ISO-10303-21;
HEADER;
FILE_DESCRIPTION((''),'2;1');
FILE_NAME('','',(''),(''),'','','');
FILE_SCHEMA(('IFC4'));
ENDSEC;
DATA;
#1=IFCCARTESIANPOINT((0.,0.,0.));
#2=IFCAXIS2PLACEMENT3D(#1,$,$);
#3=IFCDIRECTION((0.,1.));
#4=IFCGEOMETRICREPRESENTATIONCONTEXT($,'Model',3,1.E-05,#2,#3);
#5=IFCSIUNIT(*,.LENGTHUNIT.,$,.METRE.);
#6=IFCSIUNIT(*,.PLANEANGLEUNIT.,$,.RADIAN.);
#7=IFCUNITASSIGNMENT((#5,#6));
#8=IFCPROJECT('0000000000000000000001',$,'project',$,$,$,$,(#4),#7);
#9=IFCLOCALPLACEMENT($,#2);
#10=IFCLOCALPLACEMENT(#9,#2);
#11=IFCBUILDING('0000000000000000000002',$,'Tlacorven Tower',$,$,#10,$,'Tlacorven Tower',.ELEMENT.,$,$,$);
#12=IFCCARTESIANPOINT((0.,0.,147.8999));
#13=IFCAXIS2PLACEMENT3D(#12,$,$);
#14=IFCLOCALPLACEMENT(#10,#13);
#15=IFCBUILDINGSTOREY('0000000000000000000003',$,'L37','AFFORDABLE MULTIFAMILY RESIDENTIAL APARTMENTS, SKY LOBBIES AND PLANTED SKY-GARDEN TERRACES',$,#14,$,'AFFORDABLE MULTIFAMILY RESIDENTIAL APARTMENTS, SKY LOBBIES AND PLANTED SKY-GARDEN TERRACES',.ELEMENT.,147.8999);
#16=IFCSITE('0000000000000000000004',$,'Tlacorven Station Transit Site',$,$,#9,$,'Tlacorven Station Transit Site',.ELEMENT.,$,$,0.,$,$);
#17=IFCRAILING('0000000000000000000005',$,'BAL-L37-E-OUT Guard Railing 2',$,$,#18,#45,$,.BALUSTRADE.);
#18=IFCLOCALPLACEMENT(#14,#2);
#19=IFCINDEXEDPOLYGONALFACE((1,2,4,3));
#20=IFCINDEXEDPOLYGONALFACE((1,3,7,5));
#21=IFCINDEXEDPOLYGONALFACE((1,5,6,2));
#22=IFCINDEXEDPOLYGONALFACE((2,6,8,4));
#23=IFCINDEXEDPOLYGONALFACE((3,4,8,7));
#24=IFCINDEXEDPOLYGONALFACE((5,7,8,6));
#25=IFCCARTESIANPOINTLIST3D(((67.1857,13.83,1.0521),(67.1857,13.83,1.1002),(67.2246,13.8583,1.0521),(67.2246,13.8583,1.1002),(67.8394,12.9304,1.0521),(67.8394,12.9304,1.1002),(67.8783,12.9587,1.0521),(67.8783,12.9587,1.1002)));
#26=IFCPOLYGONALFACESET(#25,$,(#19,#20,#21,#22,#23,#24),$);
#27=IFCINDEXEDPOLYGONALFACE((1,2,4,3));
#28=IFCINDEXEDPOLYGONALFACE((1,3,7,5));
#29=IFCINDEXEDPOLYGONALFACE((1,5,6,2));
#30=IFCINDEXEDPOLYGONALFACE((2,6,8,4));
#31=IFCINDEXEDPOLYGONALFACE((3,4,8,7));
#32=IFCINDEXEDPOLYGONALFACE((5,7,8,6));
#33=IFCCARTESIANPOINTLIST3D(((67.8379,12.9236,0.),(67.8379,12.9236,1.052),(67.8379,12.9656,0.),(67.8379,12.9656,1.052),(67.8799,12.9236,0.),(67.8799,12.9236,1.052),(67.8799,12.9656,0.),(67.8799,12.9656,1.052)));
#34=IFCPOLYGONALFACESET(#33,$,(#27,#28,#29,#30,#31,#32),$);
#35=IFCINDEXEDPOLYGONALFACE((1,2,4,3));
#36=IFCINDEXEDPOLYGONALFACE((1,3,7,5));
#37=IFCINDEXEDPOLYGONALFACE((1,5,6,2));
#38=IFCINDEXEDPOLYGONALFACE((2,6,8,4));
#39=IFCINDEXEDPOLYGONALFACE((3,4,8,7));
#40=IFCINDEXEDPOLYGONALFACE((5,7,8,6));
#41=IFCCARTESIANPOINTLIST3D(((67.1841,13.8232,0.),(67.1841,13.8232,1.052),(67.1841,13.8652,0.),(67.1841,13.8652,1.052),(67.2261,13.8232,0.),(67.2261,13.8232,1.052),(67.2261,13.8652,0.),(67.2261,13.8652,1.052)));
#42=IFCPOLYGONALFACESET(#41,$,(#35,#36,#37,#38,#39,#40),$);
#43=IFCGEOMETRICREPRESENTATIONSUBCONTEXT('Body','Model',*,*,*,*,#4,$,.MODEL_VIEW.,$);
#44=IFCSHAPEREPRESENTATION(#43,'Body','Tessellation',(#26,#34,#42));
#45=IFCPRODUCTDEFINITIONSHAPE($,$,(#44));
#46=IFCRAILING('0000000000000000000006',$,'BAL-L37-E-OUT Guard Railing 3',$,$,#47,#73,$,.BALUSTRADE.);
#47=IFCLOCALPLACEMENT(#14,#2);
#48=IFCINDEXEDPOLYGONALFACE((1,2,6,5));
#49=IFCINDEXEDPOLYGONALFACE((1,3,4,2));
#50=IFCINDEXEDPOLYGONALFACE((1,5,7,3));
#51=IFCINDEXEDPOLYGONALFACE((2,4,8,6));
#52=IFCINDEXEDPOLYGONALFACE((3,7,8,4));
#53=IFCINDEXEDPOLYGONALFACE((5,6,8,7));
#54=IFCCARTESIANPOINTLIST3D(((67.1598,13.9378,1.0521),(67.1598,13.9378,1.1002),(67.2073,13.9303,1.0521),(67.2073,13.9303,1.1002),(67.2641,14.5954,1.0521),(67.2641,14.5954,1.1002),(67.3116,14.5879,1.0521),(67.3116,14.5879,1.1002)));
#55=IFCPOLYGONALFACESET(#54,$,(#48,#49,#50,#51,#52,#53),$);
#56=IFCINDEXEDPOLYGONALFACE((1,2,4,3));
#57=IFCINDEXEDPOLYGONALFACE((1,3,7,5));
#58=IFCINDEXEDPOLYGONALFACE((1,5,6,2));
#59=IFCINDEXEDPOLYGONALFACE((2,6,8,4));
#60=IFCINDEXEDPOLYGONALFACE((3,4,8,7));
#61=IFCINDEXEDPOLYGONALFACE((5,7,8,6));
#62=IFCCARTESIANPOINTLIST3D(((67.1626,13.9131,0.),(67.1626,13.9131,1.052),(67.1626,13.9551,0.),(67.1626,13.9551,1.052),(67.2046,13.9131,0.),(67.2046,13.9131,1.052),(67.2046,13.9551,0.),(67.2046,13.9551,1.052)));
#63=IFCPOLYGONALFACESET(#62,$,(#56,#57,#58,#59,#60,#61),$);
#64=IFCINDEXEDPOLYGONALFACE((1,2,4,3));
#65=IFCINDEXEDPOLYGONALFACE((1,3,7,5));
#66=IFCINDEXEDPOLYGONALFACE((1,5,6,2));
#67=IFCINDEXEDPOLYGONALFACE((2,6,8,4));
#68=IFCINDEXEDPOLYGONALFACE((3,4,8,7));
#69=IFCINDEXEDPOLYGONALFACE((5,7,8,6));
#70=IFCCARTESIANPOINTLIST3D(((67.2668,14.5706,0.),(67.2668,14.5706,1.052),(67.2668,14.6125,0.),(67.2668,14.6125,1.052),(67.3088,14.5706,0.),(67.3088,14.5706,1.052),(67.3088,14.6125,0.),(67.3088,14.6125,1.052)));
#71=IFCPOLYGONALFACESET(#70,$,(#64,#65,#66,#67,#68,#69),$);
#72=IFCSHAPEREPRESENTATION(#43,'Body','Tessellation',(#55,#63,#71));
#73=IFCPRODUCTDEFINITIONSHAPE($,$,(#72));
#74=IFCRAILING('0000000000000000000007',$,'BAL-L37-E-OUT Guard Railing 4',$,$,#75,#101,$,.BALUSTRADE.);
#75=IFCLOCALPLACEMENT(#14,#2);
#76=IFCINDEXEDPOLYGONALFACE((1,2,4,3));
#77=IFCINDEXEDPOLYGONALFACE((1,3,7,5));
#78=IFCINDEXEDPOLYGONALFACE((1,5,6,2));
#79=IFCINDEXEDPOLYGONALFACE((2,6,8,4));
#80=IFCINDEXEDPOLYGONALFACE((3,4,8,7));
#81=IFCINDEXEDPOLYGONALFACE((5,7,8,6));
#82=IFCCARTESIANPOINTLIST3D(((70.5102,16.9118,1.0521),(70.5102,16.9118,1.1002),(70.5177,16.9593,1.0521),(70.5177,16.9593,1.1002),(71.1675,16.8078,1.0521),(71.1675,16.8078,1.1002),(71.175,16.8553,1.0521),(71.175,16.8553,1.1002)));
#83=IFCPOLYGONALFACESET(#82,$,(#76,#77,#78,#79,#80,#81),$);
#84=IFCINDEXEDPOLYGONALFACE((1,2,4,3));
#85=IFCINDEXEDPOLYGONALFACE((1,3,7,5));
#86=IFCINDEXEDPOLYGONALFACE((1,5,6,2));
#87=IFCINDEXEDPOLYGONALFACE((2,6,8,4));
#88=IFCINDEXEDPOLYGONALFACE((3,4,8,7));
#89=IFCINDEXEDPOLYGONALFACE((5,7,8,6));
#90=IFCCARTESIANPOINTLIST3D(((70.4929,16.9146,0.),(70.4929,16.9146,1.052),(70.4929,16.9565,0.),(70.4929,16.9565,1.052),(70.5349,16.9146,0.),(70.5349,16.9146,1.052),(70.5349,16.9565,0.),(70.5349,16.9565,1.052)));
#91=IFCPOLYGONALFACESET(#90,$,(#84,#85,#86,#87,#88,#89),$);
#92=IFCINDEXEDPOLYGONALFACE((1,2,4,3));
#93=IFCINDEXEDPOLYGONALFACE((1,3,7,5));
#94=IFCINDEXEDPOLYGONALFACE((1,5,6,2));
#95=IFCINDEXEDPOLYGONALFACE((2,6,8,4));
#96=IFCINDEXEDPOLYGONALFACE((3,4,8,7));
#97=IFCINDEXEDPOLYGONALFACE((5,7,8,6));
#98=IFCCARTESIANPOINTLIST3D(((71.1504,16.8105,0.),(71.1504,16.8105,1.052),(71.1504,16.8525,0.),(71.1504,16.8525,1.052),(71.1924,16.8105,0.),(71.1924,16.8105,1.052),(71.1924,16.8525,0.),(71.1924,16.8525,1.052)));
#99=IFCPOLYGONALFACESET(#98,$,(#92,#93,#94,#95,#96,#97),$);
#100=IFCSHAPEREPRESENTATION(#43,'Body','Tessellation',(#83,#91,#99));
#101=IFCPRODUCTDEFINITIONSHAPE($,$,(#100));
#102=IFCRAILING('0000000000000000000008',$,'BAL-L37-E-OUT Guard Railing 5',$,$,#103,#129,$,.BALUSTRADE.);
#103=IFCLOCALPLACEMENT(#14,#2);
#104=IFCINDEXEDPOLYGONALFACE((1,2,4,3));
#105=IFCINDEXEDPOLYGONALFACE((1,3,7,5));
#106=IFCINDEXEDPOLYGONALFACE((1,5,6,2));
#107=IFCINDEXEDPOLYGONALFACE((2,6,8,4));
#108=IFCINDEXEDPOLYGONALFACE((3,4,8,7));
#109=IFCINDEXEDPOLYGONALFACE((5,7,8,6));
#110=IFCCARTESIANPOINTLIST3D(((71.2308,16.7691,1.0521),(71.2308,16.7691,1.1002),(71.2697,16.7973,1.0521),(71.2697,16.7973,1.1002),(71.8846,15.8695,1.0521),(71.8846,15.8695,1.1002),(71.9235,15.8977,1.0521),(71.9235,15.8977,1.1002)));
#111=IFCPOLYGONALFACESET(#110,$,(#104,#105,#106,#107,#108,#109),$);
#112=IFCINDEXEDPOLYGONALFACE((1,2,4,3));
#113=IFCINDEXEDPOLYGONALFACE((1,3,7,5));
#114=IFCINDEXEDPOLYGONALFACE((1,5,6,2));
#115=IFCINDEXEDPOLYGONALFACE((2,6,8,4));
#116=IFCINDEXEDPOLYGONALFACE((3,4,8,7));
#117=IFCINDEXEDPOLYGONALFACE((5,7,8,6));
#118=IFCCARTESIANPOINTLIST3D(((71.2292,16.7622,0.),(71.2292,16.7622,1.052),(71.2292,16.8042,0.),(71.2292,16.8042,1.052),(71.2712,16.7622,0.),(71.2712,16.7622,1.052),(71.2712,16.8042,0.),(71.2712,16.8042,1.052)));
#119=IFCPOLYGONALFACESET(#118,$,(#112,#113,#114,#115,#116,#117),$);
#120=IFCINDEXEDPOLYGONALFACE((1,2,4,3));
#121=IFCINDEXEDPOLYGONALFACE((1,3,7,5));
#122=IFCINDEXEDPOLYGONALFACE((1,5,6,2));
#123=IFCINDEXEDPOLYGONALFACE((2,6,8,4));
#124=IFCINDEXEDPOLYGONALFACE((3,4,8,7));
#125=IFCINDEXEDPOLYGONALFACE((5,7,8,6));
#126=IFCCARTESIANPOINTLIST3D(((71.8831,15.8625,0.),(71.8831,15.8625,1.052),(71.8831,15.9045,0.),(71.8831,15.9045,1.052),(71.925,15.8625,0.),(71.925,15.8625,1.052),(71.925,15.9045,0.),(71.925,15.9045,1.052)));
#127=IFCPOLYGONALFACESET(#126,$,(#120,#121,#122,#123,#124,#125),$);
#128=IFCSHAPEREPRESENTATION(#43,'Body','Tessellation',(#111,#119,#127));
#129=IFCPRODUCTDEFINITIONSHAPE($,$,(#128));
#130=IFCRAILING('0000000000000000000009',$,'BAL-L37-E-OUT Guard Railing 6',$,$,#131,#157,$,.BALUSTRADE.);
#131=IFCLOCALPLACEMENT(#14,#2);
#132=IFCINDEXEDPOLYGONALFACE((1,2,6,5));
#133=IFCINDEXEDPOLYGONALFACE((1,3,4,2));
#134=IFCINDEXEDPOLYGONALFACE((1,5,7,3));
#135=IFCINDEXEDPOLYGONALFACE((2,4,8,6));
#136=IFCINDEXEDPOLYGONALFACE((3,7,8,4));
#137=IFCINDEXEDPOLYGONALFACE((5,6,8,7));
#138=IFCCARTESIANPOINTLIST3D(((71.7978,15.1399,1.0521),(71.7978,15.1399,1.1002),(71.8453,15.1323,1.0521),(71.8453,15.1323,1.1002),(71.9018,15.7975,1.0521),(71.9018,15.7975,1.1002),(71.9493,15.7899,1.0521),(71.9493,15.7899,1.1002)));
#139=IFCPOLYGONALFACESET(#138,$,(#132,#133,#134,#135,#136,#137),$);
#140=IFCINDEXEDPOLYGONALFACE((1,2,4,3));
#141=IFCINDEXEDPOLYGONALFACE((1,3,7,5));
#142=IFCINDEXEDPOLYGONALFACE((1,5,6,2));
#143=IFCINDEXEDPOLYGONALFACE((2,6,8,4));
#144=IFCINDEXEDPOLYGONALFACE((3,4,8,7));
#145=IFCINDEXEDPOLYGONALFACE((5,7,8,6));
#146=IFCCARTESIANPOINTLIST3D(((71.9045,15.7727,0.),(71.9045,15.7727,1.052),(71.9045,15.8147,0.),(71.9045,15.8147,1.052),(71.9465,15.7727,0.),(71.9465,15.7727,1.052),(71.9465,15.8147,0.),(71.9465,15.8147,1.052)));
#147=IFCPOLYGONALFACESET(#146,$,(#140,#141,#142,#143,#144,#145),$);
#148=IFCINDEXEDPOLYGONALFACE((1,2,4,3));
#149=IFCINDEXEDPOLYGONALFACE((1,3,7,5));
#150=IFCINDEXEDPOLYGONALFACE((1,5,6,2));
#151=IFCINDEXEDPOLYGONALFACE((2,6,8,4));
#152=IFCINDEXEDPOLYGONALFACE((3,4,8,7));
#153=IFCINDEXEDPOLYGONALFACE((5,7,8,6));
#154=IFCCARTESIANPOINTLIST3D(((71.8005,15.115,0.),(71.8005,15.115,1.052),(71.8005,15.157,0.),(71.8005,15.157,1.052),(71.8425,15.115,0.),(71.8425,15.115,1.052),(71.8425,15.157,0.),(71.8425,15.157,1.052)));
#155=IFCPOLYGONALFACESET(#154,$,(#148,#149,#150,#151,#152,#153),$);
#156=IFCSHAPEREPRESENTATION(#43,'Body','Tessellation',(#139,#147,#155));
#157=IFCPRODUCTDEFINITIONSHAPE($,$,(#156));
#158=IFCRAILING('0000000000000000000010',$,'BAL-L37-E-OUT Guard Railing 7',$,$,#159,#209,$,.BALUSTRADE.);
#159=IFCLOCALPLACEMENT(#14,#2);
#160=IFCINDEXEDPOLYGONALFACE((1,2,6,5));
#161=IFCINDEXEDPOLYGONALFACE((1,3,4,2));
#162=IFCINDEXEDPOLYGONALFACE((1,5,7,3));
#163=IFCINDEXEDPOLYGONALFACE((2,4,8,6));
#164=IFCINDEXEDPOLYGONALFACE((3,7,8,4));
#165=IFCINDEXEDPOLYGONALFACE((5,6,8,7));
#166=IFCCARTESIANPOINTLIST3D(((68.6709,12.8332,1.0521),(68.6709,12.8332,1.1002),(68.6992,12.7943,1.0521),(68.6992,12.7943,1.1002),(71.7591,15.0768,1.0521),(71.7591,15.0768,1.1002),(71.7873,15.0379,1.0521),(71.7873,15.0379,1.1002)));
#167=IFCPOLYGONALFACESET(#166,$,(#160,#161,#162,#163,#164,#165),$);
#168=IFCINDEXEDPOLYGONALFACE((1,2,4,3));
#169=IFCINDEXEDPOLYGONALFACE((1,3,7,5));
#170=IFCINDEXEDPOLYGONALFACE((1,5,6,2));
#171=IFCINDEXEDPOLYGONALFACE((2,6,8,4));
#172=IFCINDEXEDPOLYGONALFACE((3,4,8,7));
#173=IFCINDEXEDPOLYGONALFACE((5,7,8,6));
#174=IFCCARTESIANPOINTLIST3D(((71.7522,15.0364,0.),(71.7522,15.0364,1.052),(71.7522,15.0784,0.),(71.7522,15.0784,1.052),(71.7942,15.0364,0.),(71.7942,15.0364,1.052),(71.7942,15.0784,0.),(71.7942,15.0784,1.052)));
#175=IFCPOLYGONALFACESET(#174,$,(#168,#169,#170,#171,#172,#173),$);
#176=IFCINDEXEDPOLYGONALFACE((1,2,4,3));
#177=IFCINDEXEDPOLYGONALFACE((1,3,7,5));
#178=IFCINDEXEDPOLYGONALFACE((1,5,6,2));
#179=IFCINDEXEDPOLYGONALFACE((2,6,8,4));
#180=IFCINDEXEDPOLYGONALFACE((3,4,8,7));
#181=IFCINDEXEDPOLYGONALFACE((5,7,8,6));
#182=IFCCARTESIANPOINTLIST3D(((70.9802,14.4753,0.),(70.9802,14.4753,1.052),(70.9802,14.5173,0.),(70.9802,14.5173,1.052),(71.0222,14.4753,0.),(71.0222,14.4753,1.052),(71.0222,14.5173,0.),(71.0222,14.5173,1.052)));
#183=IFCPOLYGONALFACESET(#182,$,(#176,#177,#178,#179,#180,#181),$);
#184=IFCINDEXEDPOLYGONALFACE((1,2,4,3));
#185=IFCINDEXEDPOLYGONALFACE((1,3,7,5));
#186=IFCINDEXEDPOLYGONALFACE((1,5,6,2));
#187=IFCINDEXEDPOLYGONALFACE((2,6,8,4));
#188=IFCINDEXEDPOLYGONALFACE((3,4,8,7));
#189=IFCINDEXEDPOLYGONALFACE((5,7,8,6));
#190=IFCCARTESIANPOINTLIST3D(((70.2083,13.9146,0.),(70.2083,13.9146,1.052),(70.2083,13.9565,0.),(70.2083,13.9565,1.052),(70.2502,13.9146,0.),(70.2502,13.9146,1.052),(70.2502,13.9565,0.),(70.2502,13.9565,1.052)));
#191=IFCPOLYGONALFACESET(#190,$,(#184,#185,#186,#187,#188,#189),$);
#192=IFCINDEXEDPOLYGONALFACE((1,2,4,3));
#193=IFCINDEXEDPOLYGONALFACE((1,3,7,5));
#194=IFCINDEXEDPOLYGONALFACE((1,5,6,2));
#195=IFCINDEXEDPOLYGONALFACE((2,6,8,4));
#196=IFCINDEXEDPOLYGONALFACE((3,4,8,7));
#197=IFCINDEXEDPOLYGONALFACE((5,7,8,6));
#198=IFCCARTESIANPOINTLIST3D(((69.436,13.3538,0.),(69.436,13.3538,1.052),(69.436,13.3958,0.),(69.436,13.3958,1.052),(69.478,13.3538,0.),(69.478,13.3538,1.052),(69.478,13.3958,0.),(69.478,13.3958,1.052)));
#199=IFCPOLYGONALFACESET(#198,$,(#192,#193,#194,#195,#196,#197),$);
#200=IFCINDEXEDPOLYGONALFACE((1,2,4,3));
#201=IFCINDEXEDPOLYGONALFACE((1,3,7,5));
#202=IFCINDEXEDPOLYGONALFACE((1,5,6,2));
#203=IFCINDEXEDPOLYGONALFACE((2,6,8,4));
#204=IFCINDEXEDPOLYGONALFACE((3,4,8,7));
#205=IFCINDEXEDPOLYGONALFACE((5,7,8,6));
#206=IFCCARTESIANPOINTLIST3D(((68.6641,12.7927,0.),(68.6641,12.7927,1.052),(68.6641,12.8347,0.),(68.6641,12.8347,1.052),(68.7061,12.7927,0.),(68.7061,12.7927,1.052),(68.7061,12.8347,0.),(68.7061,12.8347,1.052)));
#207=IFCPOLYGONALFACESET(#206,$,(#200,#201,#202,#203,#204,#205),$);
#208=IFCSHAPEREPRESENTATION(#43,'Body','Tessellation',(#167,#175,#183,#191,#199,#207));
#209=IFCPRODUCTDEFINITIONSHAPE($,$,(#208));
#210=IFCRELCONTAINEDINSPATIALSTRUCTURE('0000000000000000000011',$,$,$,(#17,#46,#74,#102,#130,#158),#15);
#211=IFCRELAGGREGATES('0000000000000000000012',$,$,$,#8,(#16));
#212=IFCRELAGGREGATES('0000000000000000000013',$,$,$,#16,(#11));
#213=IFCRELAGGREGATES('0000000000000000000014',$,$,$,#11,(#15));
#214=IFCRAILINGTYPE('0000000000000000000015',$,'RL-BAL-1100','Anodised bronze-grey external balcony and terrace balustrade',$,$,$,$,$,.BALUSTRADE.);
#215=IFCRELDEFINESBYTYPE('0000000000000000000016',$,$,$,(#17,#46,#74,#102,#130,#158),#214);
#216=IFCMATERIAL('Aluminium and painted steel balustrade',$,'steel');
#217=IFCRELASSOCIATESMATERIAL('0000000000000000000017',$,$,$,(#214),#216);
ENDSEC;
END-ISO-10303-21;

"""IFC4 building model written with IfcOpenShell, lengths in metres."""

from ifc_helpers import new_model, si_unit, direction, frame, origin, origin_2d, place, context, subcontext, project, spatial, rectangle, extrude, source, transform, mapped, material, type_object, element, save


model = new_model("IFC4")

# Units and contexts
model_context = context("Model", 3, precision=1e-05, world=origin(), true_north=direction((0.0, 1.0)))
body_context = subcontext(model_context, "Body", "Model", "MODEL_VIEW")
ifc_project = project(units=[si_unit("LENGTHUNIT", "METRE"), si_unit("PLANEANGLEUNIT", "RADIAN")], contexts=[model_context])

# Site, building, storey
site_placement = place(None, origin())
site = spatial("IfcSite", under=ifc_project, at=site_placement, Name="Tlacorven Station Transit Site", LongName="Tlacorven Station Transit Site", CompositionType="ELEMENT", RefElevation=0.0)
building_placement = place(site_placement, origin())
building = spatial("IfcBuilding", under=site, at=building_placement, Name="Tlacorven Tower", LongName="Tlacorven Tower", CompositionType="ELEMENT")
storey_placement = place(building_placement, frame((0.0, 0.0, 147.8999)))
storey = spatial("IfcBuildingStorey", under=building, at=storey_placement, Name="L37", Description="AFFORDABLE MULTIFAMILY RESIDENTIAL APARTMENTS, SKY LOBBIES AND PLANTED SKY-GARDEN TERRACES", LongName="AFFORDABLE MULTIFAMILY RESIDENTIAL APARTMENTS, SKY LOBBIES AND PLANTED SKY-GARDEN TERRACES", CompositionType="ELEMENT", Elevation=147.8999)

# Railings
ifc_material_1 = material(Name="Aluminium and painted steel balustrade", Category="steel")
railing_type = type_object("IfcRailingType", Name="RL-BAL-1100", Description="Anodised bronze-grey external balcony and terrace balustrade", PredefinedType="BALUSTRADE", material=ifc_material_1)
shared_shape_1 = source(origin(), body_context, "Body", "SweptSolid", [
    extrude(rectangle(XDim=0.0481, YDim=0.0481, at=origin_2d()), frame((0.0, 0.0, 1.0762), z_axis=(-0.587884, 0.808945, 0.0), x_axis=(-0.808945, -0.587884, 0.0)), (0.0, 0.0, 1.0), 1.1121),
    extrude(rectangle(XDim=0.042, YDim=0.042, at=origin_2d()), origin(), (0.0, 0.0, 1.0), 1.052),
    extrude(rectangle(XDim=0.042, YDim=0.042, at=origin_2d()), frame((-0.6538, 0.8997, 0.0)), (0.0, 0.0, 1.0), 1.052),
])
railing_1_placement = place(storey_placement, frame((67.8589, 12.9446, 0.0)))
element("IfcRailing", 1, at=railing_1_placement, inside=storey, type_object=railing_type, Name="BAL-L37-E-OUT Guard Railing 2", PredefinedType="BALUSTRADE", context=body_context, shape_type="MappedRepresentation", body=[
    mapped(shared_shape_1, transform((0.0, 0.0, 0.0), scale=1.0)),
])
shared_shape_2 = source(origin(), body_context, "Body", "SweptSolid", [
    extrude(rectangle(XDim=0.0481, YDim=0.0481, at=origin_2d()), frame((0.0, 0.0, 1.0762), z_axis=(0.156603, 0.987662, 0.0), x_axis=(-0.987662, 0.156603, 0.0)), (0.0, 0.0, 1.0), 0.6658),
    extrude(rectangle(XDim=0.042, YDim=0.042, at=origin_2d()), origin(), (0.0, 0.0, 1.0), 1.052),
    extrude(rectangle(XDim=0.042, YDim=0.042, at=origin_2d()), frame((0.1042, 0.6575, 0.0)), (0.0, 0.0, 1.0), 1.052),
])
railing_2_placement = place(storey_placement, frame((67.1836, 13.9341, 0.0)))
element("IfcRailing", 2, at=railing_2_placement, inside=storey, type_object=railing_type, Name="BAL-L37-E-OUT Guard Railing 3", PredefinedType="BALUSTRADE", context=body_context, shape_type="MappedRepresentation", body=[
    mapped(shared_shape_2, transform((0.0, 0.0, 0.0), scale=1.0)),
])
shared_shape_3 = source(origin(), body_context, "Body", "SweptSolid", [
    extrude(rectangle(XDim=0.0481, YDim=0.0481, at=origin_2d()), frame((0.0, 0.0, 1.0762), z_axis=(0.987718, -0.156245, 0.0), x_axis=(0.156245, 0.987718, 0.0)), (0.0, 0.0, 1.0), 0.6655),
    extrude(rectangle(XDim=0.042, YDim=0.042, at=origin_2d()), origin(), (0.0, 0.0, 1.0), 1.052),
    extrude(rectangle(XDim=0.042, YDim=0.042, at=origin_2d()), frame((0.6575, -0.104, 0.0)), (0.0, 0.0, 1.0), 1.052),
])
railing_3_placement = place(storey_placement, frame((70.5139, 16.9355, 0.0)))
element("IfcRailing", 3, at=railing_3_placement, inside=storey, type_object=railing_type, Name="BAL-L37-E-OUT Guard Railing 4", PredefinedType="BALUSTRADE", context=body_context, shape_type="MappedRepresentation", body=[
    mapped(shared_shape_3, transform((0.0, 0.0, 0.0), scale=1.0)),
])
shared_shape_4 = source(origin(), body_context, "Body", "SweptSolid", [
    extrude(rectangle(XDim=0.0481, YDim=0.0481, at=origin_2d()), frame((0.0, 0.0, 1.0762), z_axis=(0.587884, -0.808945, 0.0), x_axis=(0.808945, 0.587884, 0.0)), (0.0, 0.0, 1.0), 1.1121),
    extrude(rectangle(XDim=0.042, YDim=0.042, at=origin_2d()), origin(), (0.0, 0.0, 1.0), 1.052),
    extrude(rectangle(XDim=0.042, YDim=0.042, at=origin_2d()), frame((0.6538, -0.8997, 0.0)), (0.0, 0.0, 1.0), 1.052),
])
railing_4_placement = place(storey_placement, frame((71.2502, 16.7832, 0.0)))
element("IfcRailing", 4, at=railing_4_placement, inside=storey, type_object=railing_type, Name="BAL-L37-E-OUT Guard Railing 5", PredefinedType="BALUSTRADE", context=body_context, shape_type="MappedRepresentation", body=[
    mapped(shared_shape_4, transform((0.0, 0.0, 0.0), scale=1.0)),
])
shared_shape_5 = source(origin(), body_context, "Body", "SweptSolid", [
    extrude(rectangle(XDim=0.0481, YDim=0.0481, at=origin_2d()), frame((0.0, 0.0, 1.0762), z_axis=(-0.156188, -0.987727, 0.0), x_axis=(0.987727, -0.156188, 0.0)), (0.0, 0.0, 1.0), 0.6658),
    extrude(rectangle(XDim=0.042, YDim=0.042, at=origin_2d()), origin(), (0.0, 0.0, 1.0), 1.052),
    extrude(rectangle(XDim=0.042, YDim=0.042, at=origin_2d()), frame((-0.104, -0.6577, 0.0)), (0.0, 0.0, 1.0), 1.052),
])
railing_5_placement = place(storey_placement, frame((71.9255, 15.7937, 0.0)))
element("IfcRailing", 5, at=railing_5_placement, inside=storey, type_object=railing_type, Name="BAL-L37-E-OUT Guard Railing 6", PredefinedType="BALUSTRADE", context=body_context, shape_type="MappedRepresentation", body=[
    mapped(shared_shape_5, transform((0.0, 0.0, 0.0), scale=1.0)),
])
shared_shape_6 = source(origin(), body_context, "Body", "SweptSolid", [
    extrude(rectangle(XDim=0.0481, YDim=0.0481, at=origin_2d()), frame((0.0, 0.0, 1.0762), z_axis=(-0.809018, -0.587784, 0.0), x_axis=(0.587784, -0.809018, 0.0)), (0.0, 0.0, 1.0), 3.8171),
    extrude(rectangle(XDim=0.042, YDim=0.042, at=origin_2d()), origin(), (0.0, 0.0, 1.0), 1.052),
    extrude(rectangle(XDim=0.042, YDim=0.042, at=origin_2d()), frame((-0.772, -0.561, 0.0)), (0.0, 0.0, 1.0), 1.052),
    extrude(rectangle(XDim=0.042, YDim=0.042, at=origin_2d()), frame((-1.5439, -1.1218, 0.0)), (0.0, 0.0, 1.0), 1.052),
    extrude(rectangle(XDim=0.042, YDim=0.042, at=origin_2d()), frame((-2.3162, -1.6826, 0.0)), (0.0, 0.0, 1.0), 1.052),
    extrude(rectangle(XDim=0.042, YDim=0.042, at=origin_2d()), frame((-3.0881, -2.2437, 0.0)), (0.0, 0.0, 1.0), 1.052),
])
railing_6_placement = place(storey_placement, frame((71.7732, 15.0574, 0.0)))
element("IfcRailing", 6, at=railing_6_placement, inside=storey, type_object=railing_type, Name="BAL-L37-E-OUT Guard Railing 7", PredefinedType="BALUSTRADE", context=body_context, shape_type="MappedRepresentation", body=[
    mapped(shared_shape_6, transform((0.0, 0.0, 0.0), scale=1.0)),
])

save(model, "model.ifc")
